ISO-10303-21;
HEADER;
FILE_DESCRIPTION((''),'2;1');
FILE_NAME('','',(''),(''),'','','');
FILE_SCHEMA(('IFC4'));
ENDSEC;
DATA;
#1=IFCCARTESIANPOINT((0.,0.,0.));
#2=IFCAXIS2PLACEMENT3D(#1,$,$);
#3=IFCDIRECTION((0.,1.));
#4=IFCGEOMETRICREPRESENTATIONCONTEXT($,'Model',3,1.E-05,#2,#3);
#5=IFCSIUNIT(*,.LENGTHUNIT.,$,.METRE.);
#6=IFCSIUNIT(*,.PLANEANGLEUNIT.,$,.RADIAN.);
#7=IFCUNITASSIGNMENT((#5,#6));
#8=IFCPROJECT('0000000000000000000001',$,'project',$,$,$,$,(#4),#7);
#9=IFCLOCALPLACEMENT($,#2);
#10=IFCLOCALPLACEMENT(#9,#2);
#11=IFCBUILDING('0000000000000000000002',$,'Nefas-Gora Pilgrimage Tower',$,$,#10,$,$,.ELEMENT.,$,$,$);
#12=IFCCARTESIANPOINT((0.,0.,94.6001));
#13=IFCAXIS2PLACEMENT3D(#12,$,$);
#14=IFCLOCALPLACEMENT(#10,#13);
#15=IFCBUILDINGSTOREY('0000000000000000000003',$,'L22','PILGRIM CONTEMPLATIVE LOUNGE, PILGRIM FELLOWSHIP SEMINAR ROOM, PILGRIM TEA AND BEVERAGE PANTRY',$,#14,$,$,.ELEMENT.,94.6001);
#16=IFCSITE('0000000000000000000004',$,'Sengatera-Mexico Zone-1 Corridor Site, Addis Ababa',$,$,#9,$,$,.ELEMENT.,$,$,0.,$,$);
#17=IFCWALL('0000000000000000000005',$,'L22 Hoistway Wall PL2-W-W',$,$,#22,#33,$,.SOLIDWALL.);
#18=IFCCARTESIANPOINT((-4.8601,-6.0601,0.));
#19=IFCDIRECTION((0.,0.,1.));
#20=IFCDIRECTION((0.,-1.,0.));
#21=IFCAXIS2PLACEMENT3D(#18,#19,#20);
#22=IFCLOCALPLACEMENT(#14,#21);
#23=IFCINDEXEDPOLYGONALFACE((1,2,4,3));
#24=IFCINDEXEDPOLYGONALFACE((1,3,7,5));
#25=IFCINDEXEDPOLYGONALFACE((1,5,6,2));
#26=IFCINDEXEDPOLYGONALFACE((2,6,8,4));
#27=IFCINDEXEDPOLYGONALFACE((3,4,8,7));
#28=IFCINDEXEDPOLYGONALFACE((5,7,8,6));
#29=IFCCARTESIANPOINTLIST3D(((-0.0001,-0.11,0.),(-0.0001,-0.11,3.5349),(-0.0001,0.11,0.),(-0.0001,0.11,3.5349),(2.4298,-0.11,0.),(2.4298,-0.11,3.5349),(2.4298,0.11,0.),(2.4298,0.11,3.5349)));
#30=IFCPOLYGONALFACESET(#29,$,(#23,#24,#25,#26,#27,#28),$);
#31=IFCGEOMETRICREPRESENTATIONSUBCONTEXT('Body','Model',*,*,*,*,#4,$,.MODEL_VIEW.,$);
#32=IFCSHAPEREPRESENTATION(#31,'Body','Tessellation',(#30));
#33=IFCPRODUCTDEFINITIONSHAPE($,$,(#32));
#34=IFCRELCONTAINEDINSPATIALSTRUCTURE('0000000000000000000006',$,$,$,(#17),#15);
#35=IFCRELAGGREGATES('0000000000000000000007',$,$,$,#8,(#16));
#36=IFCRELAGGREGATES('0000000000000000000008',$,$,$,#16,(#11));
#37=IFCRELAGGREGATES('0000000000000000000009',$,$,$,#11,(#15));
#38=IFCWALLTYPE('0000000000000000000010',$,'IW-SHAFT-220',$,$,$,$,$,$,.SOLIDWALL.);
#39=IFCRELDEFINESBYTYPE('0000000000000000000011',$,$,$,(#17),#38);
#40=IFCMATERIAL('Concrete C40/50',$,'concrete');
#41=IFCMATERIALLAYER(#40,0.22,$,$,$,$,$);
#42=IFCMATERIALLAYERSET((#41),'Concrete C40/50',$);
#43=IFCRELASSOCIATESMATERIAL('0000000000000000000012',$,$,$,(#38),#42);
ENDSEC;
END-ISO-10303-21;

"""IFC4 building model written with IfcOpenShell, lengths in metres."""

from ifc_helpers import new_model, si_unit, direction, frame, frame_2d, origin, place, context, subcontext, project, spatial, rectangle, extrude, source, transform, mapped, material, layer, layer_set, type_object, element, save


model = new_model("IFC4")

# Units and contexts
model_context = context("Model", 3, precision=1e-05, world=origin(), true_north=direction((0.0, 1.0)))
body_context = subcontext(model_context, "Body", "Model", "MODEL_VIEW")
ifc_project = project(units=[si_unit("LENGTHUNIT", "METRE"), si_unit("PLANEANGLEUNIT", "RADIAN")], contexts=[model_context])

# Site, building, storey
site_placement = place(None, origin())
site = spatial("IfcSite", under=ifc_project, at=site_placement, Name="Sengatera-Mexico Zone-1 Corridor Site, Addis Ababa", CompositionType="ELEMENT", RefElevation=0.0)
building_placement = place(site_placement, origin())
building = spatial("IfcBuilding", under=site, at=building_placement, Name="Nefas-Gora Pilgrimage Tower", CompositionType="ELEMENT")
storey_placement = place(building_placement, frame((0.0, 0.0, 94.6001)))
storey = spatial("IfcBuildingStorey", under=building, at=storey_placement, Name="L22", Description="PILGRIM CONTEMPLATIVE LOUNGE, PILGRIM FELLOWSHIP SEMINAR ROOM, PILGRIM TEA AND BEVERAGE PANTRY", CompositionType="ELEMENT", Elevation=94.6001)

# Wall
ifc_material_1 = material(Name="Concrete C40/50", Category="concrete")
ifc_layer_1 = layer(ifc_material_1, 0.22)
ifc_layer_set_1 = layer_set([ifc_layer_1], Name="Concrete C40/50")
wall_type_1 = type_object("IfcWallType", Name="IW-SHAFT-220", PredefinedType="SOLIDWALL", material=ifc_layer_set_1)
shared_shape_1 = source(origin(), body_context, "Body", "SweptSolid", [
    extrude(rectangle(XDim=2.4299, YDim=0.22, at=frame_2d((1.2148, 0.0))), origin(), (0.0, 0.0, 1.0), 3.5349),
])
for number, where, z_axis, x_axis, name in (
    (1, (-4.8601, -6.0601, 0.0), (0.0, 0.0, 1.0), (0.0, -1.0, 0.0), "L22 Hoistway Wall PL2-W-W"),
):
    element("IfcWall", number, at=place(storey_placement, frame(where, z_axis=z_axis, x_axis=x_axis)), inside=storey, type_object=wall_type_1, Name=name, PredefinedType="SOLIDWALL", context=body_context, shape_type="MappedRepresentation", body=[
        mapped(shared_shape_1, transform((0.0, 0.0, 0.0), x_axis=(1.0, 0.0, 0.0), y_axis=(0.0, 1.0, 0.0), z_axis=(0.0, 0.0, 1.0), scale=1.0)),
    ])

save(model, "model.ifc")
